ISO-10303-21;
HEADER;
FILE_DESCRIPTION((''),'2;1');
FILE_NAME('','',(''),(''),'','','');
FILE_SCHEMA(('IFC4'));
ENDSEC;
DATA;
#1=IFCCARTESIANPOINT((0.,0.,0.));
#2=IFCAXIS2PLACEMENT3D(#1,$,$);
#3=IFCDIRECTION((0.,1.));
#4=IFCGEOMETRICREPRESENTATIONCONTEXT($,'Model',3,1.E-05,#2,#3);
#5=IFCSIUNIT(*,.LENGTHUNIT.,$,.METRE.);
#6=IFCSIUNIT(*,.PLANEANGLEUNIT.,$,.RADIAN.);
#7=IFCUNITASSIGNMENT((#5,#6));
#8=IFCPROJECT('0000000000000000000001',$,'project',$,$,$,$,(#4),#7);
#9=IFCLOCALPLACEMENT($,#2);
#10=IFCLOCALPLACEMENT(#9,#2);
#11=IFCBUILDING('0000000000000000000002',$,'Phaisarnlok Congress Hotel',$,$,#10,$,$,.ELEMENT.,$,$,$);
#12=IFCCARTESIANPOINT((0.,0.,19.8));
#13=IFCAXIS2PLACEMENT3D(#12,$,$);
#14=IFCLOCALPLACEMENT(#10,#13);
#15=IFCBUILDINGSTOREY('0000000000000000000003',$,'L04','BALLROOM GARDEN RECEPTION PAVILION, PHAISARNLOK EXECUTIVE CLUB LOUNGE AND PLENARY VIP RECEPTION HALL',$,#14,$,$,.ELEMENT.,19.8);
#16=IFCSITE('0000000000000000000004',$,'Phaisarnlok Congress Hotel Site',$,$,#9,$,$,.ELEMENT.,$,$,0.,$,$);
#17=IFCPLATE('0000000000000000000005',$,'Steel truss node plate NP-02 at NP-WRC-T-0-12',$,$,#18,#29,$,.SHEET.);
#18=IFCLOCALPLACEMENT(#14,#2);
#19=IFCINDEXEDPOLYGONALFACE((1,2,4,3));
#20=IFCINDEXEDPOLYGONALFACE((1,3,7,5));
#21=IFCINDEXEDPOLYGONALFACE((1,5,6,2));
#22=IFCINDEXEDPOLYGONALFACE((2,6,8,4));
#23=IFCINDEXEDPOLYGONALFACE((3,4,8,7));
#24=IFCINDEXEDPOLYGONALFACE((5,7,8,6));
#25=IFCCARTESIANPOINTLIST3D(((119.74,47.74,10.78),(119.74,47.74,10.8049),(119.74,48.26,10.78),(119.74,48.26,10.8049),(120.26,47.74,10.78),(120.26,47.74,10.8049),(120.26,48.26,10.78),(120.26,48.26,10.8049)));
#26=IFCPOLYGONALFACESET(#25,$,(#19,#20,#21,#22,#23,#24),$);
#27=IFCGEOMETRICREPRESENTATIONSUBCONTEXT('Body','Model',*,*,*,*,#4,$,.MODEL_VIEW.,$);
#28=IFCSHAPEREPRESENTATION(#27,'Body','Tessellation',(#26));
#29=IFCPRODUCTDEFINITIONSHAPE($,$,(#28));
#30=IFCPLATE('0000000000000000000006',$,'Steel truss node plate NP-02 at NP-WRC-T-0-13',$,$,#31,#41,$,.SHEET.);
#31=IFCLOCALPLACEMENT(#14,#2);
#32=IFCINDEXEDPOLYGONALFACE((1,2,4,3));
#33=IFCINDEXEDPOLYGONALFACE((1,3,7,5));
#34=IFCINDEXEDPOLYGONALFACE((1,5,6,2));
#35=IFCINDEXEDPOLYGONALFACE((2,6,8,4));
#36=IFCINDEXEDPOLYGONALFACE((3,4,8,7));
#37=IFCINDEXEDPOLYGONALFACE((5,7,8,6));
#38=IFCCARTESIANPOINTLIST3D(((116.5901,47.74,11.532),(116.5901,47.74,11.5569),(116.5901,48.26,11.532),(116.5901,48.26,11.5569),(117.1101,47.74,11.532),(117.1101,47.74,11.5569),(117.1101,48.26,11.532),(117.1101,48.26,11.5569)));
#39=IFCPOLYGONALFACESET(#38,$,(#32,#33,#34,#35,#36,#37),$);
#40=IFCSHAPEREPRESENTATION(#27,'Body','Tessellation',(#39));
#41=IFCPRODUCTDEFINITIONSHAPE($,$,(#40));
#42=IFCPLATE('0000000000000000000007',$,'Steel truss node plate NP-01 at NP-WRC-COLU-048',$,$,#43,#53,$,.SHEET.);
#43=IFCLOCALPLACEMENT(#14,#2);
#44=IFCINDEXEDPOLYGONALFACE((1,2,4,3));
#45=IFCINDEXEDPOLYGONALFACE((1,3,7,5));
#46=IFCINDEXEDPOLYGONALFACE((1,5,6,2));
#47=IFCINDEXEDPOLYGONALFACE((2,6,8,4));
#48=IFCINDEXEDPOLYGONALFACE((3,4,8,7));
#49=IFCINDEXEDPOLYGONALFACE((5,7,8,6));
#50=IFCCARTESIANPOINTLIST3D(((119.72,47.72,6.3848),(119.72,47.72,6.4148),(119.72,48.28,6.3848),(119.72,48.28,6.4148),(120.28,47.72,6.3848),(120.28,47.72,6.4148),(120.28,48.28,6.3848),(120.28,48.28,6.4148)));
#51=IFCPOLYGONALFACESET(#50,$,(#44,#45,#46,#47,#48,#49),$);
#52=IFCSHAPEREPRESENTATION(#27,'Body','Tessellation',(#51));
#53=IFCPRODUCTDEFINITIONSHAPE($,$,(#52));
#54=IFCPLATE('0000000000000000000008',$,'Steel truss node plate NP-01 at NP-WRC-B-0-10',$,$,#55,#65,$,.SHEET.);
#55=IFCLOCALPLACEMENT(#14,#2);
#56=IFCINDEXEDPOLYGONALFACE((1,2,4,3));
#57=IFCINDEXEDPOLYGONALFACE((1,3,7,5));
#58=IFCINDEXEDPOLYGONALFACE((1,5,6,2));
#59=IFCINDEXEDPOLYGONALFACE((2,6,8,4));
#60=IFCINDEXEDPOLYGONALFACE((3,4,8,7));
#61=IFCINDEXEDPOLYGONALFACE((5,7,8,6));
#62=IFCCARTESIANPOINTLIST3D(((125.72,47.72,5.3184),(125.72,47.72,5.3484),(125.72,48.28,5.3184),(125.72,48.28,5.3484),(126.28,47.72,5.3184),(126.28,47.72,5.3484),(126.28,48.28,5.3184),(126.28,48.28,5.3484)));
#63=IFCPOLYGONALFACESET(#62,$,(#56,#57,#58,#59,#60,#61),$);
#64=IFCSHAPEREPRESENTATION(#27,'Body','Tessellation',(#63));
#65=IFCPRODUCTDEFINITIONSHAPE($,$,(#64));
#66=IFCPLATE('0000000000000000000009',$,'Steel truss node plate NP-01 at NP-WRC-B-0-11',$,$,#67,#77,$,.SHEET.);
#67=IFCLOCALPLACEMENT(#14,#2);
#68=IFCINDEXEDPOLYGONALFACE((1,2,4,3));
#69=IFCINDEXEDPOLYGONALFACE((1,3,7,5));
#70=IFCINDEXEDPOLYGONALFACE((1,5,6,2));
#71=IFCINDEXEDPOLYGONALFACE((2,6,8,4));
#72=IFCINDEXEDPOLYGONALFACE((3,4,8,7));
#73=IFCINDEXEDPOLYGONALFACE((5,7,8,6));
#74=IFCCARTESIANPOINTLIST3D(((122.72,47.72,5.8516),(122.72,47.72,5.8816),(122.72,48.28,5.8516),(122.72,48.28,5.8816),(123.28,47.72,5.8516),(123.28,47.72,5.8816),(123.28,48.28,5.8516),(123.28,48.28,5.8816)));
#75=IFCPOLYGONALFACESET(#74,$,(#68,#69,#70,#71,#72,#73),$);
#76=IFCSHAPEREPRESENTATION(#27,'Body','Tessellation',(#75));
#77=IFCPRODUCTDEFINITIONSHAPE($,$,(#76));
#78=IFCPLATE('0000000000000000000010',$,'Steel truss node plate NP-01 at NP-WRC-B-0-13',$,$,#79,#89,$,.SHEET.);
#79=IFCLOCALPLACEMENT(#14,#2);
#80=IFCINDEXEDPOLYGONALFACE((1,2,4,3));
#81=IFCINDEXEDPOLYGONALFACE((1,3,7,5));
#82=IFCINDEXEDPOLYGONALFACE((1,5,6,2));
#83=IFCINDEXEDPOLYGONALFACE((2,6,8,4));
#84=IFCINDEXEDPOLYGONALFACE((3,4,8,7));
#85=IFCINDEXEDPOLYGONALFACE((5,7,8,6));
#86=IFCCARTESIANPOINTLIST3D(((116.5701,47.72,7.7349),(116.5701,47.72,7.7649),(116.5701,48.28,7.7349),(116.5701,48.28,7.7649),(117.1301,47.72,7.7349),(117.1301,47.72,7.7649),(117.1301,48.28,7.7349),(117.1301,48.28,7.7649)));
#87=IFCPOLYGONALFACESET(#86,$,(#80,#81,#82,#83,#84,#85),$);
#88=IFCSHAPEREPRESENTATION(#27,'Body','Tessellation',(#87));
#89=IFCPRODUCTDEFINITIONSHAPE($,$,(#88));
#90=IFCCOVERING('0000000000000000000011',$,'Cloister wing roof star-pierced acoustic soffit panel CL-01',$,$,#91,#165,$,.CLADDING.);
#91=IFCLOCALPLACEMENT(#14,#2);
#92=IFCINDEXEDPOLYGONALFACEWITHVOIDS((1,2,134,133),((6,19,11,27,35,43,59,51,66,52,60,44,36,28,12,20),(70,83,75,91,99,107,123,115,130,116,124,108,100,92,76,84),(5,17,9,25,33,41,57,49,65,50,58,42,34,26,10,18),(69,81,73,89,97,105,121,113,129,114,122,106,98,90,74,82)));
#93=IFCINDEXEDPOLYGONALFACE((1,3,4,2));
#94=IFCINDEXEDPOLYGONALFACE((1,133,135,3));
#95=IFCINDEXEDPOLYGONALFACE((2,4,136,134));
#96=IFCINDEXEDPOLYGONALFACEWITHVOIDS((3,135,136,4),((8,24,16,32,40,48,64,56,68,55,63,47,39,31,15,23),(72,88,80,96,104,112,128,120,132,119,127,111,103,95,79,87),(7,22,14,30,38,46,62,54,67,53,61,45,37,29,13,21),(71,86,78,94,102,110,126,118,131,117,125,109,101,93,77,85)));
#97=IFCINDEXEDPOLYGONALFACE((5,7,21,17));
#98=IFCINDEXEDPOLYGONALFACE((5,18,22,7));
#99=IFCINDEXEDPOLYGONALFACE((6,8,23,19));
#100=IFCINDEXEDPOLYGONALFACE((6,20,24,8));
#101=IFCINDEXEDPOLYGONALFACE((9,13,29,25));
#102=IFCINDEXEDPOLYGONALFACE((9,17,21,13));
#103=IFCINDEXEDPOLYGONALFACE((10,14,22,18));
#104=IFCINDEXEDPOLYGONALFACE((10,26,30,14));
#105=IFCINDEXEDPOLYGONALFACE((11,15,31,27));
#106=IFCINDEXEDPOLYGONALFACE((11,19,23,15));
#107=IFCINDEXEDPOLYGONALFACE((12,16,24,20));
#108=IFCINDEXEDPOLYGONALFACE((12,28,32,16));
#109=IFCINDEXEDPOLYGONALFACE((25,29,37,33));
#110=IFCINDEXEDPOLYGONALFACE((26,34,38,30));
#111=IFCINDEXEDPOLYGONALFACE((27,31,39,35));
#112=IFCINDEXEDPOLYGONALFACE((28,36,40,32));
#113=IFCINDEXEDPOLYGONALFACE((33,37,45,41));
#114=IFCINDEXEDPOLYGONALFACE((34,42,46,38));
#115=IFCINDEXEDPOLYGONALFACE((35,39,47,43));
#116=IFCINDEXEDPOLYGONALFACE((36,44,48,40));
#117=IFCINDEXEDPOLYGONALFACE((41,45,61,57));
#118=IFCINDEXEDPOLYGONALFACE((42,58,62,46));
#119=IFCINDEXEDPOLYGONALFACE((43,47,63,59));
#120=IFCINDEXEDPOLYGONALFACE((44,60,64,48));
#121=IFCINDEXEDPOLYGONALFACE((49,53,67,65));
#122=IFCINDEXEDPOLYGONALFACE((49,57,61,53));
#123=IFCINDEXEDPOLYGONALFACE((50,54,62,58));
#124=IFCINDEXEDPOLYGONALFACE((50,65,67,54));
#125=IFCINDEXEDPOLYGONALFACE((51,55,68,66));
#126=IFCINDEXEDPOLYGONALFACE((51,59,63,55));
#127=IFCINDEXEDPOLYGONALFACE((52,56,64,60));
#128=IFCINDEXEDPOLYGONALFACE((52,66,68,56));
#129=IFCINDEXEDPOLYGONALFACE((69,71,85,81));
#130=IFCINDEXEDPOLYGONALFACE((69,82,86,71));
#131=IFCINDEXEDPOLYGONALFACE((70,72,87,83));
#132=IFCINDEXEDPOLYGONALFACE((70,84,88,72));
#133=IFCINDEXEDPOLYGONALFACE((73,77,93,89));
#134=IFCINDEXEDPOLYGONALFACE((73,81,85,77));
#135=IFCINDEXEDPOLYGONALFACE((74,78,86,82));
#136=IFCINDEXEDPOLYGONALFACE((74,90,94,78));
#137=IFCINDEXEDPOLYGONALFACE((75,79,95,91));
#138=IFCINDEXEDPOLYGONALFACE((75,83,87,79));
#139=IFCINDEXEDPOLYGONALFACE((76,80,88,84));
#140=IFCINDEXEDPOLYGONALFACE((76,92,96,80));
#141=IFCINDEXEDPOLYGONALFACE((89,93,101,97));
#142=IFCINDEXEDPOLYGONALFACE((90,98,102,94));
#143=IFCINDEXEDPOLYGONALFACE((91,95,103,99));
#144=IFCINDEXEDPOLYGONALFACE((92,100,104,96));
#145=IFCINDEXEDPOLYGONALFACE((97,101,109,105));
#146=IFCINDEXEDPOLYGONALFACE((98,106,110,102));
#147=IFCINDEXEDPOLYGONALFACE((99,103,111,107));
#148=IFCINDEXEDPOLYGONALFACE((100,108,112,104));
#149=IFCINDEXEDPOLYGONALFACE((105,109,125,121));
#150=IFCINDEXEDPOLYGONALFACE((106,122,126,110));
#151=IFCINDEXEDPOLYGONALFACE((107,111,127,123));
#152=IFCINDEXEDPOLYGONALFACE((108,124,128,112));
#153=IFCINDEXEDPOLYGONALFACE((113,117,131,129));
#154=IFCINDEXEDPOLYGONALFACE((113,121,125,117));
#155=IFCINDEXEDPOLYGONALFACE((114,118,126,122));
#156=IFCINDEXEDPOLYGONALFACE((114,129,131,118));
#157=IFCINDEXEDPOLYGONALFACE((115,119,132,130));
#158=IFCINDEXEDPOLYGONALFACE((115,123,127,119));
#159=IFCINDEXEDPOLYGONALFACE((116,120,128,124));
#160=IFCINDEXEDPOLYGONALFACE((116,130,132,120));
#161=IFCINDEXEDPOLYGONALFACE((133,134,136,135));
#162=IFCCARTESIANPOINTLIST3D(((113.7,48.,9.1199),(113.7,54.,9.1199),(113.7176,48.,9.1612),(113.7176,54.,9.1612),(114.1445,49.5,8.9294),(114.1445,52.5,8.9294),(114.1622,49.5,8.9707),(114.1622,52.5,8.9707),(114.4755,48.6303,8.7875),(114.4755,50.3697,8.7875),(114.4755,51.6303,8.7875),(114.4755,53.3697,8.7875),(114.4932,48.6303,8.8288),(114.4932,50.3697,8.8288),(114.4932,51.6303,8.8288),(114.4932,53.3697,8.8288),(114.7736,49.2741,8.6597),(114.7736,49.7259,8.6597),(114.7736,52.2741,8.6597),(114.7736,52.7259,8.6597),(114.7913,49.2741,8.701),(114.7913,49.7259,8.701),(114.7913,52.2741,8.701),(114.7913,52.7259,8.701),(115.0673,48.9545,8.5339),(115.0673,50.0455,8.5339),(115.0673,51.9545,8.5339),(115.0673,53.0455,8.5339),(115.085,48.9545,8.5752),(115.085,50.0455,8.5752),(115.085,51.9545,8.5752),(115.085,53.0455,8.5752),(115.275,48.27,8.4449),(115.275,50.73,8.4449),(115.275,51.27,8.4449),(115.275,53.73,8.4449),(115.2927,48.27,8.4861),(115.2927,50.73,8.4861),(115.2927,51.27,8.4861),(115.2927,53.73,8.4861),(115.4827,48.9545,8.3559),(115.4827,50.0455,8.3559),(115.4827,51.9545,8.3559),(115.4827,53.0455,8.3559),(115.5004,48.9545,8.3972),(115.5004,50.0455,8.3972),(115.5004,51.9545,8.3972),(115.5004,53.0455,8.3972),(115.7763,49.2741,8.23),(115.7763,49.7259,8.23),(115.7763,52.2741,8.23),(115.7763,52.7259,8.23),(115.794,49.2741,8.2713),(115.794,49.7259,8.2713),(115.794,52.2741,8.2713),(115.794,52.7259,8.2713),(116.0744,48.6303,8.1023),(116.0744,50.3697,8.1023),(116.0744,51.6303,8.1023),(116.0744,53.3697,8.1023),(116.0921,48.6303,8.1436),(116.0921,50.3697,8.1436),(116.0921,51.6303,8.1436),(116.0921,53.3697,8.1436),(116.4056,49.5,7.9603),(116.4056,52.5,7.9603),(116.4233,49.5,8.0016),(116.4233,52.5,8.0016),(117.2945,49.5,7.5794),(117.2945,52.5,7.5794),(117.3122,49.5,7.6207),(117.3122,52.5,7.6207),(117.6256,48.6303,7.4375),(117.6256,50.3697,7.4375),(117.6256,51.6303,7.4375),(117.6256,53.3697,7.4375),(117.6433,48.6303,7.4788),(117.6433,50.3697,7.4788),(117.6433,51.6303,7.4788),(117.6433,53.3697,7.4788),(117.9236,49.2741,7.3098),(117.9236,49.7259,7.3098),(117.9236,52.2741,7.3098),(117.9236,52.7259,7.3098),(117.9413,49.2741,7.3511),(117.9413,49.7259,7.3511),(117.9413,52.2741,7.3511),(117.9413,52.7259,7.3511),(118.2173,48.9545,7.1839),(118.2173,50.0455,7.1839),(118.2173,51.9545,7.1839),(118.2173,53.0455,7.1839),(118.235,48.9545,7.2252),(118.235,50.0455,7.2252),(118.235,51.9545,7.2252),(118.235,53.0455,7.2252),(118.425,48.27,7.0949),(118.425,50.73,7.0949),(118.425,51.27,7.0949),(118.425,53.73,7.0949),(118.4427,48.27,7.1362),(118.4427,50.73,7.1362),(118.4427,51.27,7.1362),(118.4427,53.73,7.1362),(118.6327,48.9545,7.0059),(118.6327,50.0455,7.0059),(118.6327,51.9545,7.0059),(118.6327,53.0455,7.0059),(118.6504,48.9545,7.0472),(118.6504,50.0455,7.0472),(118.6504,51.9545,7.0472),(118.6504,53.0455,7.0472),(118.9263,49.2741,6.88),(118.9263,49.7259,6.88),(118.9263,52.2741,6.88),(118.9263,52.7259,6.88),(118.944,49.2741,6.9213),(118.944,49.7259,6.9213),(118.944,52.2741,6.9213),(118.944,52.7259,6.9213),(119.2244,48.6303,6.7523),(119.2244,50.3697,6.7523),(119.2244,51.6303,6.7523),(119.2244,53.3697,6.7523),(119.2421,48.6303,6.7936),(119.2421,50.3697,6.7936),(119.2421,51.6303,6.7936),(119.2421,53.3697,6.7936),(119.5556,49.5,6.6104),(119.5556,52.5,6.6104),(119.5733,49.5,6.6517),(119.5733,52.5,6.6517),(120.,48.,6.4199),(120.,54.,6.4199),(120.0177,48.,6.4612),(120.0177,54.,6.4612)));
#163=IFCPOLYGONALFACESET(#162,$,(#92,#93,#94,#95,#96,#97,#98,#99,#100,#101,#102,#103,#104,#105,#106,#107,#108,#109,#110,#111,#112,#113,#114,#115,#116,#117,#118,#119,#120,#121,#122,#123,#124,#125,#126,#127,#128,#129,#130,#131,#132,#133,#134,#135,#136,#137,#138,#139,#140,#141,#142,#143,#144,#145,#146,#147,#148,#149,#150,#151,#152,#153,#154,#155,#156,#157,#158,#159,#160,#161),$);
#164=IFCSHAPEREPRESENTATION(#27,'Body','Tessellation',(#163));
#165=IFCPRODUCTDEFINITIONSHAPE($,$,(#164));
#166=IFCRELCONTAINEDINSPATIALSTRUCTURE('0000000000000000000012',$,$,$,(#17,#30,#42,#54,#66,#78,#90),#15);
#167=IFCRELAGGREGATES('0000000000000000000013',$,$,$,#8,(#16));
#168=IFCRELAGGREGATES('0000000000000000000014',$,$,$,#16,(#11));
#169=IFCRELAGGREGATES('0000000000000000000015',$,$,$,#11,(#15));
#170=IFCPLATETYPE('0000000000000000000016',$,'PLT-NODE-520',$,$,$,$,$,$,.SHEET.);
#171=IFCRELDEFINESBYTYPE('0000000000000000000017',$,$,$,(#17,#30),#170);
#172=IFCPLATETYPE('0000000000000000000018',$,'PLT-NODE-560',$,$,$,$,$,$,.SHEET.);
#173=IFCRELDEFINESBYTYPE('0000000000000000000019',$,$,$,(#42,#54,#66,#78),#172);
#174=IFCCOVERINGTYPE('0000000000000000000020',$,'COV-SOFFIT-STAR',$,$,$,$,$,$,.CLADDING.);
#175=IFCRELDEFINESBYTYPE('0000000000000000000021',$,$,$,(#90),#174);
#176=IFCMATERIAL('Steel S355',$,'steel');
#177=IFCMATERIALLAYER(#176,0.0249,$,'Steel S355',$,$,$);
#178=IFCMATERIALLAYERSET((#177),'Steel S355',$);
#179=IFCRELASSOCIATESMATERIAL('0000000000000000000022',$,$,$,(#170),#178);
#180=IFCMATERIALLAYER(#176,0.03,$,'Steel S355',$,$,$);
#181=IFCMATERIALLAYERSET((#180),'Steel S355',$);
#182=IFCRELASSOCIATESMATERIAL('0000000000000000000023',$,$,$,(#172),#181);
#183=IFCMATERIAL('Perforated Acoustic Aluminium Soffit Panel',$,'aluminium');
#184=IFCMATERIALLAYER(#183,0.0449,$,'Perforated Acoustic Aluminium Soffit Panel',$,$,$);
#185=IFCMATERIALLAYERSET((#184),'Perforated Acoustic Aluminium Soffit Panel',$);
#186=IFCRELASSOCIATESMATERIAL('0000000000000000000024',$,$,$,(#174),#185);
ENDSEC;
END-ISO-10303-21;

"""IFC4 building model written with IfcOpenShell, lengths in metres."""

from ifc_helpers import new_model, si_unit, direction, frame, origin, origin_2d, place, context, subcontext, project, spatial, polyline, rectangle, outline, extrude, material, layer, layer_set, type_object, element, save


model = new_model("IFC4")

# Units and contexts
model_context = context("Model", 3, precision=1e-05, world=origin(), true_north=direction((0.0, 1.0)))
body_context = subcontext(model_context, "Body", "Model", "MODEL_VIEW")
ifc_project = project(units=[si_unit("LENGTHUNIT", "METRE"), si_unit("PLANEANGLEUNIT", "RADIAN")], contexts=[model_context])

# Site, building, storey
site_placement = place(None, origin())
site = spatial("IfcSite", under=ifc_project, at=site_placement, Name="Phaisarnlok Congress Hotel Site", CompositionType="ELEMENT", RefElevation=0.0)
building_placement = place(site_placement, origin())
building = spatial("IfcBuilding", under=site, at=building_placement, Name="Phaisarnlok Congress Hotel", CompositionType="ELEMENT")
storey_placement = place(building_placement, frame((0.0, 0.0, 19.8)))
storey = spatial("IfcBuildingStorey", under=building, at=storey_placement, Name="L04", Description="BALLROOM GARDEN RECEPTION PAVILION, PHAISARNLOK EXECUTIVE CLUB LOUNGE AND PLENARY VIP RECEPTION HALL", CompositionType="ELEMENT", Elevation=19.8)

# Shared definitions
ifc_material_1 = material(Name="Steel S355", Category="steel")

# Plates
ifc_layer_1 = layer(ifc_material_1, 0.0249, Name="Steel S355")
ifc_layer_set_1 = layer_set([ifc_layer_1], Name="Steel S355")
plate_type_1 = type_object("IfcPlateType", Name="PLT-NODE-520", PredefinedType="SHEET", material=ifc_layer_set_1)
for number, where, z_axis, x_axis, name in (
    (1, (120.0, 48.0, 10.78), (0.0, 0.0, 1.0), (1.0, 0.0, 0.0), "Steel truss node plate NP-02 at NP-WRC-T-0-12"),
    (2, (116.8501, 48.0, 11.532), (0.0, 0.0, 1.0), (1.0, 0.0, 0.0), "Steel truss node plate NP-02 at NP-WRC-T-0-13"),
):
    element("IfcPlate", number, at=place(storey_placement, frame(where, z_axis=z_axis, x_axis=x_axis)), inside=storey, type_object=plate_type_1, Name=name, PredefinedType="SHEET", context=body_context, shape_type="SweptSolid", body=[
        extrude(rectangle(XDim=0.52, YDim=0.52, at=origin_2d()), origin(), (0.0, 0.0, 1.0), 0.0249),
    ])
ifc_layer_2 = layer(ifc_material_1, 0.03, Name="Steel S355")
ifc_layer_set_2 = layer_set([ifc_layer_2], Name="Steel S355")
plate_type_2 = type_object("IfcPlateType", Name="PLT-NODE-560", PredefinedType="SHEET", material=ifc_layer_set_2)
for number, where, z_axis, x_axis, name in (
    (3, (120.0, 48.0, 6.3848), (0.0, 0.0, 1.0), (1.0, 0.0, 0.0), "Steel truss node plate NP-01 at NP-WRC-COLU-048"),
    (4, (126.0, 48.0, 5.3184), (0.0, 0.0, 1.0), (1.0, 0.0, 0.0), "Steel truss node plate NP-01 at NP-WRC-B-0-10"),
    (5, (123.0, 48.0, 5.8516), (0.0, 0.0, 1.0), (1.0, 0.0, 0.0), "Steel truss node plate NP-01 at NP-WRC-B-0-11"),
    (6, (116.8501, 48.0, 7.7349), (0.0, 0.0, 1.0), (1.0, 0.0, 0.0), "Steel truss node plate NP-01 at NP-WRC-B-0-13"),
):
    element("IfcPlate", number, at=place(storey_placement, frame(where, z_axis=z_axis, x_axis=x_axis)), inside=storey, type_object=plate_type_2, Name=name, PredefinedType="SHEET", context=body_context, shape_type="SweptSolid", body=[
        extrude(rectangle(XDim=0.5601, YDim=0.5601, at=origin_2d()), origin(), (0.0, 0.0, 1.0), 0.03),
    ])

# Covering
ifc_material_2 = material(Name="Perforated Acoustic Aluminium Soffit Panel", Category="aluminium")
ifc_layer_3 = layer(ifc_material_2, 0.0449, Name="Perforated Acoustic Aluminium Soffit Panel")
ifc_layer_set_3 = layer_set([ifc_layer_3], Name="Perforated Acoustic Aluminium Soffit Panel")
covering_type = type_object("IfcCoveringType", Name="COV-SOFFIT-STAR", PredefinedType="CLADDING", material=ifc_layer_set_3)
covering_1_placement = place(storey_placement, frame((120.0, 48.0, 6.4199), z_axis=(0.393911, 0.0, 0.919149), x_axis=(0.0, 1.0, 0.0)))
element("IfcCovering", 7, at=covering_1_placement, inside=storey, type_object=covering_type, Name="Cloister wing roof star-pierced acoustic soffit panel CL-01", PredefinedType="CLADDING", context=body_context, shape_type="SweptSolid", body=[
    extrude(outline(polyline([(0.0, 0.0), (6.0, 0.0), (6.0, 6.8542), (0.0, 6.8542), (0.0, 0.0)]), holes=[polyline([(2.0455, 1.4876), (2.3697, 0.8438), (1.7259, 1.1681), (1.5, 0.4835), (1.2741, 1.1681), (0.6303, 0.8438), (0.9545, 1.4876), (0.27, 1.7135), (0.9545, 1.9395), (0.6303, 2.5833), (1.2741, 2.259), (1.5, 2.9435), (1.7259, 2.259), (2.3697, 2.5833), (2.0455, 1.9395), (2.73, 1.7135), (2.0455, 1.4876)]), polyline([(2.0455, 4.9147), (2.3697, 4.2709), (1.7259, 4.5952), (1.5, 3.9106), (1.2741, 4.5952), (0.6303, 4.2709), (0.9545, 4.9147), (0.27, 5.1406), (0.9545, 5.3666), (0.6303, 6.0104), (1.2741, 5.6861), (1.5, 6.3706), (1.7259, 5.6861), (2.3697, 6.0104), (2.0455, 5.3666), (2.73, 5.1406), (2.0455, 4.9147)]), polyline([(5.0455, 1.4876), (5.3697, 0.8438), (4.7259, 1.1681), (4.5, 0.4835), (4.2741, 1.1681), (3.6303, 0.8438), (3.9545, 1.4876), (3.27, 1.7135), (3.9545, 1.9395), (3.6303, 2.5833), (4.2741, 2.259), (4.5, 2.9435), (4.7259, 2.259), (5.3697, 2.5833), (5.0455, 1.9395), (5.73, 1.7135), (5.0455, 1.4876)]), polyline([(5.0455, 4.9147), (5.3697, 4.2709), (4.7259, 4.5952), (4.5, 3.9106), (4.2741, 4.5952), (3.6303, 4.2709), (3.9545, 4.9147), (3.27, 5.1406), (3.9545, 5.3666), (3.6303, 6.0104), (4.2741, 5.6861), (4.5, 6.3706), (4.7259, 5.6861), (5.3697, 6.0104), (5.0455, 5.3666), (5.73, 5.1406), (5.0455, 4.9147)])]), origin(), (0.0, 0.0, 1.0), 0.0449),
])

save(model, "model.ifc")
